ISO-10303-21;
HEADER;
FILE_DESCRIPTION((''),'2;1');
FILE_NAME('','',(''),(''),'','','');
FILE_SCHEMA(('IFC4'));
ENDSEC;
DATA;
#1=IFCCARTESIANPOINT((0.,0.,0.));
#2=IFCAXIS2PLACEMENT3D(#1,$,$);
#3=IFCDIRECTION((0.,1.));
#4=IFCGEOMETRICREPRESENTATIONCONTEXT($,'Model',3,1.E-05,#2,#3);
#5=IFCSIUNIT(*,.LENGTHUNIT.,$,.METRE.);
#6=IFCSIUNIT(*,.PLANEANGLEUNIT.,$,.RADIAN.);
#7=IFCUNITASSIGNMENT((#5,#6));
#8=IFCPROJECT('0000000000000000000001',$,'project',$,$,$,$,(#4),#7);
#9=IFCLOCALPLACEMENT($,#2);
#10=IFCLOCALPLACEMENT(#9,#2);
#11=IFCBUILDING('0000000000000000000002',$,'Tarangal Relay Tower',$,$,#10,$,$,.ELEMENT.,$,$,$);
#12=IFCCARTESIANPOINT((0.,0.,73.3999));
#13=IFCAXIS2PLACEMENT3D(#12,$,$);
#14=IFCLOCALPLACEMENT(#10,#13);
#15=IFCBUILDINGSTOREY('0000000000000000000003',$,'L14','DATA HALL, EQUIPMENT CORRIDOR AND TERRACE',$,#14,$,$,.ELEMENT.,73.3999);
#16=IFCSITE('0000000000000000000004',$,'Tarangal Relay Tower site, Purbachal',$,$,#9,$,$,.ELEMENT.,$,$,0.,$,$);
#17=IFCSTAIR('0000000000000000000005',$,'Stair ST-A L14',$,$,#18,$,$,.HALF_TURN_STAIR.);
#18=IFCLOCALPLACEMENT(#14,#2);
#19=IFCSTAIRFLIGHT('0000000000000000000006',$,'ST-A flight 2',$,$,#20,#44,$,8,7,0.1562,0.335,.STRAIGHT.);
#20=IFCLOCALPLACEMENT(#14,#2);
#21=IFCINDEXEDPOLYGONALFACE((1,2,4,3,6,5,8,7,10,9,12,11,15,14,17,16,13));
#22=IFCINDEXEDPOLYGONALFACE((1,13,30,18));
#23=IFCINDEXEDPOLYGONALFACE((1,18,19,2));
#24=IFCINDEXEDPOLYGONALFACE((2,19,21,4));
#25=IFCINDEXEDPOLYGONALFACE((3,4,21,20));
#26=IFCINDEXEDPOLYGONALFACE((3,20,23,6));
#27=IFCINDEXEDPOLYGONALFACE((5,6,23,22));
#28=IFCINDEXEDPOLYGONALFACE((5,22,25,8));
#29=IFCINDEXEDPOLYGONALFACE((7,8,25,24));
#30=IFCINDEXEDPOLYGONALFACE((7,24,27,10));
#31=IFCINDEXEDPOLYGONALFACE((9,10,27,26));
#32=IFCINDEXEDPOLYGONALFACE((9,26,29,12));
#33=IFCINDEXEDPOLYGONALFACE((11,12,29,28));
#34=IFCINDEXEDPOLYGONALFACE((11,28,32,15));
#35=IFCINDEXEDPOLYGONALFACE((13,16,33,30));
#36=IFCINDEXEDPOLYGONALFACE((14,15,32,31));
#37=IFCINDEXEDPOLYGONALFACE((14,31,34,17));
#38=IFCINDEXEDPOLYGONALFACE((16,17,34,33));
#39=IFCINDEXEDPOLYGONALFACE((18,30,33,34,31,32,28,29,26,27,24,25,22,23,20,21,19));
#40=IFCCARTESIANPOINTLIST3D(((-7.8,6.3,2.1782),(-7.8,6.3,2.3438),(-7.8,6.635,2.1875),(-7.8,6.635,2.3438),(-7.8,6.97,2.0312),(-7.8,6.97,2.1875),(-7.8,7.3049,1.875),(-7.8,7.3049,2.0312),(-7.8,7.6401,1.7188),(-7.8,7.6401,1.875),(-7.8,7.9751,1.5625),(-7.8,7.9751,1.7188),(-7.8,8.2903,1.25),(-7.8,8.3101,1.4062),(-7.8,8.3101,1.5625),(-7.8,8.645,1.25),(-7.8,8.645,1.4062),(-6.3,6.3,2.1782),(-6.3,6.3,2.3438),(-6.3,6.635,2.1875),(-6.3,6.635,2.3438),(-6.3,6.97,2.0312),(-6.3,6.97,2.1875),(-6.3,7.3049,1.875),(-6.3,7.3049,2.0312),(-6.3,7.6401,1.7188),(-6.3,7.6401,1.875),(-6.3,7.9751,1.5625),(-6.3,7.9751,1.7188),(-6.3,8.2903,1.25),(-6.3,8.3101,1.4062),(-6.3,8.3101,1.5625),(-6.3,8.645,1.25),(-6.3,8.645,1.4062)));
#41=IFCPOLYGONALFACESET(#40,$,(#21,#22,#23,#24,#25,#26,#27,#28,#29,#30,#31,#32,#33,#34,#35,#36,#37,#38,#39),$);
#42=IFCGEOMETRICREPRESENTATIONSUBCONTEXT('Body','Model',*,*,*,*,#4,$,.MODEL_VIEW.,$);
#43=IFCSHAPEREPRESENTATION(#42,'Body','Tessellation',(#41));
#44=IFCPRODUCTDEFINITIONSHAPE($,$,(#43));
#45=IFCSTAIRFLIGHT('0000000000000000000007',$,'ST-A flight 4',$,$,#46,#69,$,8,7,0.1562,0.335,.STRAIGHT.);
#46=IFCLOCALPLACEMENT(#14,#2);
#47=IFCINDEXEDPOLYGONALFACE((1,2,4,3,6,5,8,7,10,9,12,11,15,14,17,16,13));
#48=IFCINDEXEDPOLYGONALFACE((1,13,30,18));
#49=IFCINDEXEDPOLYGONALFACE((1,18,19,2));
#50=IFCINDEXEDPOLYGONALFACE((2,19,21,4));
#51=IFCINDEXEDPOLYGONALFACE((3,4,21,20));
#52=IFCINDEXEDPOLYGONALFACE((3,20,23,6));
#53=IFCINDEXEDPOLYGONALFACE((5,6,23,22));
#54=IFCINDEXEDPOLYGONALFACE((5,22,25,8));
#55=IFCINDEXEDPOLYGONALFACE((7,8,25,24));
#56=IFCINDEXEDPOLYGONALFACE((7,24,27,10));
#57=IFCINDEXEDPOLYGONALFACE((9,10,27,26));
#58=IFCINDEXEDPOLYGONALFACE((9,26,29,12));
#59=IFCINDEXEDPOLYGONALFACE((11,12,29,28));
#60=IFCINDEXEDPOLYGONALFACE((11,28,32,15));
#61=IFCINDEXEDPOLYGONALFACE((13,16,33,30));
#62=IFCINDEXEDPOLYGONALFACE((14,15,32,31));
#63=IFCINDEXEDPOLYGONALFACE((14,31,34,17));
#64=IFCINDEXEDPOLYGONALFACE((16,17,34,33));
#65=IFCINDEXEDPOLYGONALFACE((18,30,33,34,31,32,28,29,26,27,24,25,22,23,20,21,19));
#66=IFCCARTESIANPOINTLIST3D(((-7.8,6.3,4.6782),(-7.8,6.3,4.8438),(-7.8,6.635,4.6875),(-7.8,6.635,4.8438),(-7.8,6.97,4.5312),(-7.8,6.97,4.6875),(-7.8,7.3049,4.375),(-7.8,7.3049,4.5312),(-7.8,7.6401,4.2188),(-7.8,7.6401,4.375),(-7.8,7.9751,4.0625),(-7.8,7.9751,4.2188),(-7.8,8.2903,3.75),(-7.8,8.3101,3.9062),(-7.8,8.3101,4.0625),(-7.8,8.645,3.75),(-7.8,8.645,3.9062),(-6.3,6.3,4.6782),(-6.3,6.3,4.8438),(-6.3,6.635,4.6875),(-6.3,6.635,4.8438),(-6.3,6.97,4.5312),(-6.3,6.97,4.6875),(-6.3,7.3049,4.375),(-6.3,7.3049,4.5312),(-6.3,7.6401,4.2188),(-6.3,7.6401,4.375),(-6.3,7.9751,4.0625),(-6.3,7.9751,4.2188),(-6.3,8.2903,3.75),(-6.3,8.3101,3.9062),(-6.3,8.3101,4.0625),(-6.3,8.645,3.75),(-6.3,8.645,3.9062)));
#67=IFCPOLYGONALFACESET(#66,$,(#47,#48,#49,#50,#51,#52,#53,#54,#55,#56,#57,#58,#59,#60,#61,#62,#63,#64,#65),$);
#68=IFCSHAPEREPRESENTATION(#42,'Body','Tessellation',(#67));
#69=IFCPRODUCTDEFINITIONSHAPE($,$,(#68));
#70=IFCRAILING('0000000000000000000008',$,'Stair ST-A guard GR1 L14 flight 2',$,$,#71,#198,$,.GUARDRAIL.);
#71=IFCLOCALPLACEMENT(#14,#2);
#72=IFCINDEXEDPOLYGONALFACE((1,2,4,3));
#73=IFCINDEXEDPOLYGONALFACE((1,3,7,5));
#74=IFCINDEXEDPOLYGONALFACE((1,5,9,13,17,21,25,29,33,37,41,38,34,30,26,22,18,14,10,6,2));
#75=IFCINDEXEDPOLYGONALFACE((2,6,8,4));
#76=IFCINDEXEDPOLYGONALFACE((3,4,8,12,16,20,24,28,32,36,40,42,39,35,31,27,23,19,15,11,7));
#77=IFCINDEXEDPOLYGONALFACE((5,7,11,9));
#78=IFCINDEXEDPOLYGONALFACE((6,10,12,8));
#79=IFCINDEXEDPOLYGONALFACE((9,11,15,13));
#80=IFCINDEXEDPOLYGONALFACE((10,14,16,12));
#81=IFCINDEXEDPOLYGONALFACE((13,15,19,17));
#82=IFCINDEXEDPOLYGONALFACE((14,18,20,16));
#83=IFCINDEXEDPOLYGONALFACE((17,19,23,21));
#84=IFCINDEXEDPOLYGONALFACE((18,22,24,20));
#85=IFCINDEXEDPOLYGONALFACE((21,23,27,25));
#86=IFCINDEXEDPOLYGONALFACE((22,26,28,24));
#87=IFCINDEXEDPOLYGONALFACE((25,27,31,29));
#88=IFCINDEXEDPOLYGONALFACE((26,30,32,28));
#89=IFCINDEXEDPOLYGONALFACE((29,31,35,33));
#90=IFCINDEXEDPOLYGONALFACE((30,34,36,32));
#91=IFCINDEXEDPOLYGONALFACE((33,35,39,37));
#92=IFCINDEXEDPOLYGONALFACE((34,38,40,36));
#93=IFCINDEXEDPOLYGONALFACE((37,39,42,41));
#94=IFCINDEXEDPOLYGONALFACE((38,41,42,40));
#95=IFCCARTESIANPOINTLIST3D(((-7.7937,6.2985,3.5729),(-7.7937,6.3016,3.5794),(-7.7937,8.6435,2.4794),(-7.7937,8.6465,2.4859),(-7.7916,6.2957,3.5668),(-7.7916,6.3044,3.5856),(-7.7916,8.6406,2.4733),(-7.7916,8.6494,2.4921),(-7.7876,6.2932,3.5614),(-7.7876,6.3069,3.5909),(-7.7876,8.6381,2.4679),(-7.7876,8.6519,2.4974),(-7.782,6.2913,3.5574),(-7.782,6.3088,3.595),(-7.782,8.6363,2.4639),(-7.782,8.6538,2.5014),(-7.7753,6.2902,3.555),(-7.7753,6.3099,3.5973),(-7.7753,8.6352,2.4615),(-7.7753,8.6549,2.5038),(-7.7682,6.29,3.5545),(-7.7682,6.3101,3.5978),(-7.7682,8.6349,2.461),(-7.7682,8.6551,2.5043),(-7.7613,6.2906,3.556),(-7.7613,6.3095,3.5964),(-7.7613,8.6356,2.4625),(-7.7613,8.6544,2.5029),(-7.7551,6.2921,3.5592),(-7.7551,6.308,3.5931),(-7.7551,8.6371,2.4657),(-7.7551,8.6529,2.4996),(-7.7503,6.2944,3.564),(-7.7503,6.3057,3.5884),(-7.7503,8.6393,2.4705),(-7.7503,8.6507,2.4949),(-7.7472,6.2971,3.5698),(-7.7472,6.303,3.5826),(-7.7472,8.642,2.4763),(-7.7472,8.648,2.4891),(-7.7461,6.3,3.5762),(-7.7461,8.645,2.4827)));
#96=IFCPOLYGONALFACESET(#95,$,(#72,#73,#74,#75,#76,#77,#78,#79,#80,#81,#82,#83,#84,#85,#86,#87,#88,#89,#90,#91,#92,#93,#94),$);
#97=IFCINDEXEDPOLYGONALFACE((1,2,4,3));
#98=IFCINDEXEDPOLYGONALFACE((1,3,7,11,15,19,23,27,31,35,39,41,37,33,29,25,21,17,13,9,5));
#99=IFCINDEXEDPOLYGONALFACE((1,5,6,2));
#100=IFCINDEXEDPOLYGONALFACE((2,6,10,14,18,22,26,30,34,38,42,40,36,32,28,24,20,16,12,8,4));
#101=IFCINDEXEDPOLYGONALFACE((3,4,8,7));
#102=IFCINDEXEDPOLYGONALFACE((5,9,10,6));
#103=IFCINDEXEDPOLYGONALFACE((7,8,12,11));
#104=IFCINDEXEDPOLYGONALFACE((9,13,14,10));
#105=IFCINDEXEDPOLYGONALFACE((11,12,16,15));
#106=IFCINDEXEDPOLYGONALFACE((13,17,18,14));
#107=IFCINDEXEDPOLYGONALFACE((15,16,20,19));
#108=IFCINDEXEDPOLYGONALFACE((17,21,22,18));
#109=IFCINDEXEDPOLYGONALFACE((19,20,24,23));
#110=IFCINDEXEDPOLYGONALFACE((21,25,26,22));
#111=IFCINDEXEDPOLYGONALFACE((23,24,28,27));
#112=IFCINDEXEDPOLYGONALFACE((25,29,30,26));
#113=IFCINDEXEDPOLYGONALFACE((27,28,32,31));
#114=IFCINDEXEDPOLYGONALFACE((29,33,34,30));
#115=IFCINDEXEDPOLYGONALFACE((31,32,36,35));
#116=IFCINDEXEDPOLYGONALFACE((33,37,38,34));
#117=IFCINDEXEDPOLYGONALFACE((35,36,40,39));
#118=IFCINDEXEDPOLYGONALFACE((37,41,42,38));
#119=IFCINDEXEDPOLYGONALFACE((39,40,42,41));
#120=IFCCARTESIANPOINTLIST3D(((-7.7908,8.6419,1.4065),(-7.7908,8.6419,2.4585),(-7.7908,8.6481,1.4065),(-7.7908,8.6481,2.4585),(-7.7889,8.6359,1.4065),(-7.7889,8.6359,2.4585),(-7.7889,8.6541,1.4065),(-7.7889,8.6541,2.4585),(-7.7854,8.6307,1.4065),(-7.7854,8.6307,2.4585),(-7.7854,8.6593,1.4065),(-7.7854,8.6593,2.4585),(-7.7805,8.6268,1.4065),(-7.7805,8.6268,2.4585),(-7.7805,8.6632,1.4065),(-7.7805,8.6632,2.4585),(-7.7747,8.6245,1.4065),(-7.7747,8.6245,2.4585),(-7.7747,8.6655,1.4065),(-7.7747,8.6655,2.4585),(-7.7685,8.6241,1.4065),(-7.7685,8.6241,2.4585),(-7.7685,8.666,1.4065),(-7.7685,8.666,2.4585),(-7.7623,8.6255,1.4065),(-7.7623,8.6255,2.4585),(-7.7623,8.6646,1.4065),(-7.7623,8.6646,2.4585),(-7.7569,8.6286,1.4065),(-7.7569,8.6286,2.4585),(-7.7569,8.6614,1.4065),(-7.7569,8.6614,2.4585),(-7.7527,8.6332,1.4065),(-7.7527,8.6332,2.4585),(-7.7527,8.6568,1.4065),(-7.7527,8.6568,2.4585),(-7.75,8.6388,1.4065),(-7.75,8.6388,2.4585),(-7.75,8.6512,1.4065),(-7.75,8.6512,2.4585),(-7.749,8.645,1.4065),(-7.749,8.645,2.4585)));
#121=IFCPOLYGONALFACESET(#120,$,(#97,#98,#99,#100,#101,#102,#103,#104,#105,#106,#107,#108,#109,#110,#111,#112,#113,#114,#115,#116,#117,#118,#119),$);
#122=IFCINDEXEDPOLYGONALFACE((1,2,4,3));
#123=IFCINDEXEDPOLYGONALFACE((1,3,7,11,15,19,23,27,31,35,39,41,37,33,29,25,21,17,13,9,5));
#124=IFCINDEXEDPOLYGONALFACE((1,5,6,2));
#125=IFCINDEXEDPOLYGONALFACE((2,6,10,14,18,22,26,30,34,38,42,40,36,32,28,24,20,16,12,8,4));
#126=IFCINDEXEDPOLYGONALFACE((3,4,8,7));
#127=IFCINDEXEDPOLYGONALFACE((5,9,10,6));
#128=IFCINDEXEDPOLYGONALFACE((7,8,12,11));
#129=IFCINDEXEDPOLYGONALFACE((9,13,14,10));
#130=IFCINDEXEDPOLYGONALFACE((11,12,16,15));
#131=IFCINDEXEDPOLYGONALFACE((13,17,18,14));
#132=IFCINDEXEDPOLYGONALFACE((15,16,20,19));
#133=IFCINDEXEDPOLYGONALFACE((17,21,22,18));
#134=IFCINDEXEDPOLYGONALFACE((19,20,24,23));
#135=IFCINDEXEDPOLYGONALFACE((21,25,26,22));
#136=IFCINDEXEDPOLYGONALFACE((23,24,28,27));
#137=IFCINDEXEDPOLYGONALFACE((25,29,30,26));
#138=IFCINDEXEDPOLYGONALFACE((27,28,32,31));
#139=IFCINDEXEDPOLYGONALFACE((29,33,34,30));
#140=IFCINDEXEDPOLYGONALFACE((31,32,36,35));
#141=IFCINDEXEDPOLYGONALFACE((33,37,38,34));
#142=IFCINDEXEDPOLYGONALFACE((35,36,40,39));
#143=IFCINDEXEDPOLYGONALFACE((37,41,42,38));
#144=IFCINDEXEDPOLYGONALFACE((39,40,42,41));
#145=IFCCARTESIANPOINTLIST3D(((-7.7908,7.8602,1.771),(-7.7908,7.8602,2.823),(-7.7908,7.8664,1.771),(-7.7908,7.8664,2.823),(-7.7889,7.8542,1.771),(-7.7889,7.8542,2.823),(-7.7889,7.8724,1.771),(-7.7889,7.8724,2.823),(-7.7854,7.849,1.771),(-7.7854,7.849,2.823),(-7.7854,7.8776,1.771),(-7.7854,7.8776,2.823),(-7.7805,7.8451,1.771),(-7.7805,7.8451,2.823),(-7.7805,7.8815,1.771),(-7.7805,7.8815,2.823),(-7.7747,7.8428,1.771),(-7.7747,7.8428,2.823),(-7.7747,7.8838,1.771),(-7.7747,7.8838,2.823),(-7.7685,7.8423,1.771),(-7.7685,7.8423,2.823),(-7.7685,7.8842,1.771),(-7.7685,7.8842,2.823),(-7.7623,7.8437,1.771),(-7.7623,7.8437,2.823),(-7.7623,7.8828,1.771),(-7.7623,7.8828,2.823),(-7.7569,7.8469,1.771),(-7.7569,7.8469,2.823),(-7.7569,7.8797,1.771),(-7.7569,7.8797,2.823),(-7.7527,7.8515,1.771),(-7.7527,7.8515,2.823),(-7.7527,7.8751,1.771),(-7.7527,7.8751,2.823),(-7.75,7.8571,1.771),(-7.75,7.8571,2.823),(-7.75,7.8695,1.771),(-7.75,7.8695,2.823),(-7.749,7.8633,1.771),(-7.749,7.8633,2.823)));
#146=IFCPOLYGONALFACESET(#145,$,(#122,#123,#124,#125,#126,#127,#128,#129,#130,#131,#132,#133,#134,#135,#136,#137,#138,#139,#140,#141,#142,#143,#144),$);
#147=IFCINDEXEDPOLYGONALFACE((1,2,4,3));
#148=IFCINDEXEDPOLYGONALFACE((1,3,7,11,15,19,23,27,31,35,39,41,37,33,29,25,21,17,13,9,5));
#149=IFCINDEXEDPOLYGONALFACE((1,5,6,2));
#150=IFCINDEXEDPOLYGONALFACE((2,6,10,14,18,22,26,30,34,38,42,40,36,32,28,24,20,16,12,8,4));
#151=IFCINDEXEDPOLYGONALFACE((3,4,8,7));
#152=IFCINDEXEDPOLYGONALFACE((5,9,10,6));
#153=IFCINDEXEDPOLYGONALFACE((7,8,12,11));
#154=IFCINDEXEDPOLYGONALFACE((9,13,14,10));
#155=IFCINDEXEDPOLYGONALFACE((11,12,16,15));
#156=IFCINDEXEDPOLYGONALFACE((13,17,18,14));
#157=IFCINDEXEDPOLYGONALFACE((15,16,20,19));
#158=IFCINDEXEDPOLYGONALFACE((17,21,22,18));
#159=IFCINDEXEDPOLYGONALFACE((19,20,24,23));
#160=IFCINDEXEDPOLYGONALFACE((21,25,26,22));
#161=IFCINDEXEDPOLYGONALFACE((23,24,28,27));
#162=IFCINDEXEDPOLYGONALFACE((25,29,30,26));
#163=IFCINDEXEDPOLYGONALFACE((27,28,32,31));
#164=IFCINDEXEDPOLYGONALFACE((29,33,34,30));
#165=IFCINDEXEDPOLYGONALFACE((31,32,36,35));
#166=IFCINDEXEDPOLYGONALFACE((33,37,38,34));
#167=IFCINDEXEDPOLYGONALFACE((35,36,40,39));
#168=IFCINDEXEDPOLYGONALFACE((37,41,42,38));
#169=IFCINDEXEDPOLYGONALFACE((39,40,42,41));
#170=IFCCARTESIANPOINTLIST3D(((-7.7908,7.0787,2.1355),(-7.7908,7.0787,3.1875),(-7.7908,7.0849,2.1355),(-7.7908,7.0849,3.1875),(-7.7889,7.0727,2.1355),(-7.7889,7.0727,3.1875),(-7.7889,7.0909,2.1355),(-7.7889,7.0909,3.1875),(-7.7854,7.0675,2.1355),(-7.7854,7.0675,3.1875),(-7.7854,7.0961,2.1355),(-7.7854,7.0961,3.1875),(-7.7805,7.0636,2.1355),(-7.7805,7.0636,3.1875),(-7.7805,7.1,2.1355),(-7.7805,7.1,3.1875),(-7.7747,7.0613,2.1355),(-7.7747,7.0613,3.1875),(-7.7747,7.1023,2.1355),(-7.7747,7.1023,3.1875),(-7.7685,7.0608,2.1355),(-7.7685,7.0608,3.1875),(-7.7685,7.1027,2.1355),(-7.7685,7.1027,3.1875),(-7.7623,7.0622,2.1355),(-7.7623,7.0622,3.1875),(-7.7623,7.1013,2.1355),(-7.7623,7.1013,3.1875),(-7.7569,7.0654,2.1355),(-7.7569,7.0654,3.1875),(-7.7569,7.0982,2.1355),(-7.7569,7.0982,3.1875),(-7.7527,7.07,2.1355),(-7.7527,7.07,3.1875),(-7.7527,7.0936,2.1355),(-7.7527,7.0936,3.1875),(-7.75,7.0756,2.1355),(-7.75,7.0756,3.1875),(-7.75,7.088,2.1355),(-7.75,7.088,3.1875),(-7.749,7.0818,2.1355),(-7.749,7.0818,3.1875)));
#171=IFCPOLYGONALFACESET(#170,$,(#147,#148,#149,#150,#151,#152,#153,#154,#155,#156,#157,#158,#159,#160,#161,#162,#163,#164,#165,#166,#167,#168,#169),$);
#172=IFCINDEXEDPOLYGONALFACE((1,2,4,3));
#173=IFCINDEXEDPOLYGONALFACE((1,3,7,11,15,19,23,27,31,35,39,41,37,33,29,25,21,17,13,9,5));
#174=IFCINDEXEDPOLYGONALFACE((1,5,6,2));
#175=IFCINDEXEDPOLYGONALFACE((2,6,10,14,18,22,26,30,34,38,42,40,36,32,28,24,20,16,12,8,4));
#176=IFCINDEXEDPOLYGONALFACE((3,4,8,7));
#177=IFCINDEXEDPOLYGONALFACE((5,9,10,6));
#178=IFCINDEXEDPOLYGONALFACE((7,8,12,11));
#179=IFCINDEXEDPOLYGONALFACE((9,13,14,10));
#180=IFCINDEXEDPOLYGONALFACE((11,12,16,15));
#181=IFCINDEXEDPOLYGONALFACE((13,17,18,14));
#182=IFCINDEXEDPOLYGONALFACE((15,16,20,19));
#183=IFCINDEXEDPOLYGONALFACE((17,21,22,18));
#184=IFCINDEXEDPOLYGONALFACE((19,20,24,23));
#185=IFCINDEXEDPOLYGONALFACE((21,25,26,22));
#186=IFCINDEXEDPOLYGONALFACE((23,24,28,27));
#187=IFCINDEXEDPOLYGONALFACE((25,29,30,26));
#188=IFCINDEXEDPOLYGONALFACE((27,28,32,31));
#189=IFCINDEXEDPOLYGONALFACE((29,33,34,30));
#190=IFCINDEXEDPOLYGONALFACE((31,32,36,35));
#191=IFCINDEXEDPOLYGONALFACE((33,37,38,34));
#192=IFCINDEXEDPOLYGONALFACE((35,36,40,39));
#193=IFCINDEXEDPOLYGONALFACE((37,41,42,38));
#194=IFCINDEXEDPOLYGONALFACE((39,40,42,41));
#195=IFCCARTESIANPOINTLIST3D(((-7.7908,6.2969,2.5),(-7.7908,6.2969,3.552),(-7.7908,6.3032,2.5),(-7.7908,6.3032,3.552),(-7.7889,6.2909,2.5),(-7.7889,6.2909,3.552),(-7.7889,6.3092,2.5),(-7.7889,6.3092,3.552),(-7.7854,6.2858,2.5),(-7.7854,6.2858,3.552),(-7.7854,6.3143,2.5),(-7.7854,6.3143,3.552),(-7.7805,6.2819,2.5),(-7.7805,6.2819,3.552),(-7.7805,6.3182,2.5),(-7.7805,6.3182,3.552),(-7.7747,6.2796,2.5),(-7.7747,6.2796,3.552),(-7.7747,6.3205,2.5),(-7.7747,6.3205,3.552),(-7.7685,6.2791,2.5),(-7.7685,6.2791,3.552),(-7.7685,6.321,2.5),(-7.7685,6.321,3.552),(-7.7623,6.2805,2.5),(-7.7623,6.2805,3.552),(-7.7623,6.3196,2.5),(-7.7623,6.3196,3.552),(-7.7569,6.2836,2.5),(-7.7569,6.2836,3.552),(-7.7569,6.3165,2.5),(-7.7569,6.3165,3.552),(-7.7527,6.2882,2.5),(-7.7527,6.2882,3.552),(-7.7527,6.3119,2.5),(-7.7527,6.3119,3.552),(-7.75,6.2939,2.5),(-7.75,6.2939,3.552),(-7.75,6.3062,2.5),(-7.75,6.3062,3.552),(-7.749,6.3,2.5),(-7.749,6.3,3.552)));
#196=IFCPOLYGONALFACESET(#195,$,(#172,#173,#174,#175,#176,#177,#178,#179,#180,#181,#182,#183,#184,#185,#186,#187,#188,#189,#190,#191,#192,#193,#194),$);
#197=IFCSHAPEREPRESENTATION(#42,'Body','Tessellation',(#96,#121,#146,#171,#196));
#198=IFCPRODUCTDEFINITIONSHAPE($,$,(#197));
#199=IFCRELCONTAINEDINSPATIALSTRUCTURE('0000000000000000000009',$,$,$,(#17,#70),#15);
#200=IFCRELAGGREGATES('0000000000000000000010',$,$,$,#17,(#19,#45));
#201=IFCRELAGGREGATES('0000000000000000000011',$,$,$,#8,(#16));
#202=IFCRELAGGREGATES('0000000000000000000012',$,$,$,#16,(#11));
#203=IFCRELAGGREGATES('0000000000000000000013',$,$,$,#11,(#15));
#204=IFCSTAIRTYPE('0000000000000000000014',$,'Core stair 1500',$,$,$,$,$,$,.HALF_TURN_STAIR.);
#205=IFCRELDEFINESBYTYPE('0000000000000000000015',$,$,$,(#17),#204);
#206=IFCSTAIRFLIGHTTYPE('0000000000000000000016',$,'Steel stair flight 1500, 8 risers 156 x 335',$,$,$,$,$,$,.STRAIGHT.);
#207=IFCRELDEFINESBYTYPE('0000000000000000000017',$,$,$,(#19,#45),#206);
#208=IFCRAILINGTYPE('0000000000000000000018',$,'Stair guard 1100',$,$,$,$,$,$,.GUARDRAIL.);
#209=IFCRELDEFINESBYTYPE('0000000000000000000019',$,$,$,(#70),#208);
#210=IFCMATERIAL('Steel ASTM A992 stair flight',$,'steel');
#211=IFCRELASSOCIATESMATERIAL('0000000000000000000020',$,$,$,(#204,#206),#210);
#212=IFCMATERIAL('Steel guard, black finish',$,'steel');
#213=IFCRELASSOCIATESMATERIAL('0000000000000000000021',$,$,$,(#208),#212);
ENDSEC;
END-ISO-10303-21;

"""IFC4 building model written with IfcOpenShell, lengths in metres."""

from ifc_helpers import new_model, si_unit, direction, frame, origin, origin_2d, place, context, subcontext, project, spatial, polyline, circle, outline, extrude, material, type_object, element, aggregate, save


model = new_model("IFC4")

# Units and contexts
model_context = context("Model", 3, precision=1e-05, world=origin(), true_north=direction((0.0, 1.0)))
body_context = subcontext(model_context, "Body", "Model", "MODEL_VIEW")
ifc_project = project(units=[si_unit("LENGTHUNIT", "METRE"), si_unit("PLANEANGLEUNIT", "RADIAN")], contexts=[model_context])

# Site, building, storey
site_placement = place(None, origin())
site = spatial("IfcSite", under=ifc_project, at=site_placement, Name="Tarangal Relay Tower site, Purbachal", CompositionType="ELEMENT", RefElevation=0.0)
building_placement = place(site_placement, origin())
building = spatial("IfcBuilding", under=site, at=building_placement, Name="Tarangal Relay Tower", CompositionType="ELEMENT")
storey_placement = place(building_placement, frame((0.0, 0.0, 73.3999)))
storey = spatial("IfcBuildingStorey", under=building, at=storey_placement, Name="L14", Description="DATA HALL, EQUIPMENT CORRIDOR AND TERRACE", CompositionType="ELEMENT", Elevation=73.3999)

# Stair, stair flights
ifc_material_1 = material(Name="Steel ASTM A992 stair flight", Category="steel")
stair_type = type_object("IfcStairType", Name="Core stair 1500", PredefinedType="HALF_TURN_STAIR", material=ifc_material_1)
stair_placement = place(storey_placement, origin())
stair = element("IfcStair", 1, at=stair_placement, inside=storey, type_object=stair_type, Name="Stair ST-A L14", PredefinedType="HALF_TURN_STAIR")
stair_flight_type = type_object("IfcStairFlightType", Name="Steel stair flight 1500, 8 risers 156 x 335", PredefinedType="STRAIGHT", material=ifc_material_1)
stair_flight_1_placement = place(storey_placement, frame((-7.05, 8.645, 1.25), z_axis=(0.0, 0.0, 1.0), x_axis=(0.0, -1.0, 0.0)))
stair_flight_1 = element("IfcStairFlight", 2, at=stair_flight_1_placement, type_object=stair_flight_type, Name="ST-A flight 2", NumberOfRisers=8, NumberOfTreads=7, PredefinedType="STRAIGHT", RiserHeight=0.1562, TreadLength=0.335, context=body_context, shape_type="SweptSolid", body=[
    extrude(outline(polyline([(0.0, 0.0), (0.0, 0.1562), (0.335, 0.1562), (0.335, 0.3125), (0.6699, 0.3125), (0.6699, 0.4688), (1.0049, 0.4688), (1.0049, 0.625), (1.3401, 0.625), (1.3401, 0.7812), (1.675, 0.7812), (1.675, 0.9375), (2.01, 0.9375), (2.01, 1.0938), (2.345, 1.0938), (2.345, 1.25), (2.345, 0.9282), (0.3547, 0.0), (0.0, 0.0)])), frame((0.0, 0.75, 0.0), z_axis=(0.0, -1.0, 0.0), x_axis=(1.0, 0.0, 0.0)), (0.0, 0.0, 1.0), 1.5),
])
stair_flight_2_placement = place(storey_placement, frame((-7.05, 8.645, 3.75), z_axis=(0.0, 0.0, 1.0), x_axis=(0.0, -1.0, 0.0)))
stair_flight_2 = element("IfcStairFlight", 3, at=stair_flight_2_placement, type_object=stair_flight_type, Name="ST-A flight 4", NumberOfRisers=8, NumberOfTreads=7, PredefinedType="STRAIGHT", RiserHeight=0.1562, TreadLength=0.335, context=body_context, shape_type="SweptSolid", body=[
    extrude(outline(polyline([(0.0, 0.0), (0.0, 0.1562), (0.335, 0.1562), (0.335, 0.3125), (0.6699, 0.3125), (0.6699, 0.4688), (1.0049, 0.4688), (1.0049, 0.625), (1.3401, 0.625), (1.3401, 0.7812), (1.675, 0.7812), (1.675, 0.9375), (2.01, 0.9375), (2.01, 1.0938), (2.345, 1.0938), (2.345, 1.25), (2.345, 0.9282), (0.3547, 0.0), (0.0, 0.0)])), frame((0.0, 0.75, 0.0), z_axis=(0.0, -1.0, 0.0), x_axis=(1.0, 0.0, 0.0)), (0.0, 0.0, 1.0), 1.5),
])
aggregate(stair, [stair_flight_1, stair_flight_2])

# Railing
ifc_material_2 = material(Name="Steel guard, black finish", Category="steel")
railing_type_1 = type_object("IfcRailingType", Name="Stair guard 1100", PredefinedType="GUARDRAIL", material=ifc_material_2)
for number, where, name in (
    (4, (-7.77, 8.645, 1.4065), "Stair ST-A guard GR1 L14 flight 2"),
):
    element("IfcRailing", number, at=place(storey_placement, frame(where)), inside=storey, type_object=railing_type_1, Name=name, PredefinedType="GUARDRAIL", context=body_context, shape_type="SweptSolid", body=[
        extrude(circle(Radius=0.0239, at=origin_2d()), frame((0.0, 0.0, 1.0762), z_axis=(0.0, -0.906304, 0.422627), x_axis=(1.0, 0.0, 0.0)), (0.0, 0.0, 1.0), 2.5874),
        extrude(circle(Radius=0.021, at=origin_2d()), origin(), (0.0, 0.0, 1.0), 1.052),
        extrude(circle(Radius=0.021, at=origin_2d()), frame((0.0, -0.7817, 0.3645)), (0.0, 0.0, 1.0), 1.052),
        extrude(circle(Radius=0.021, at=origin_2d()), frame((0.0, -1.5632, 0.729)), (0.0, 0.0, 1.0), 1.052),
        extrude(circle(Radius=0.021, at=origin_2d()), frame((0.0, -2.345, 1.0935)), (0.0, 0.0, 1.0), 1.052),
    ])

save(model, "model.ifc")
